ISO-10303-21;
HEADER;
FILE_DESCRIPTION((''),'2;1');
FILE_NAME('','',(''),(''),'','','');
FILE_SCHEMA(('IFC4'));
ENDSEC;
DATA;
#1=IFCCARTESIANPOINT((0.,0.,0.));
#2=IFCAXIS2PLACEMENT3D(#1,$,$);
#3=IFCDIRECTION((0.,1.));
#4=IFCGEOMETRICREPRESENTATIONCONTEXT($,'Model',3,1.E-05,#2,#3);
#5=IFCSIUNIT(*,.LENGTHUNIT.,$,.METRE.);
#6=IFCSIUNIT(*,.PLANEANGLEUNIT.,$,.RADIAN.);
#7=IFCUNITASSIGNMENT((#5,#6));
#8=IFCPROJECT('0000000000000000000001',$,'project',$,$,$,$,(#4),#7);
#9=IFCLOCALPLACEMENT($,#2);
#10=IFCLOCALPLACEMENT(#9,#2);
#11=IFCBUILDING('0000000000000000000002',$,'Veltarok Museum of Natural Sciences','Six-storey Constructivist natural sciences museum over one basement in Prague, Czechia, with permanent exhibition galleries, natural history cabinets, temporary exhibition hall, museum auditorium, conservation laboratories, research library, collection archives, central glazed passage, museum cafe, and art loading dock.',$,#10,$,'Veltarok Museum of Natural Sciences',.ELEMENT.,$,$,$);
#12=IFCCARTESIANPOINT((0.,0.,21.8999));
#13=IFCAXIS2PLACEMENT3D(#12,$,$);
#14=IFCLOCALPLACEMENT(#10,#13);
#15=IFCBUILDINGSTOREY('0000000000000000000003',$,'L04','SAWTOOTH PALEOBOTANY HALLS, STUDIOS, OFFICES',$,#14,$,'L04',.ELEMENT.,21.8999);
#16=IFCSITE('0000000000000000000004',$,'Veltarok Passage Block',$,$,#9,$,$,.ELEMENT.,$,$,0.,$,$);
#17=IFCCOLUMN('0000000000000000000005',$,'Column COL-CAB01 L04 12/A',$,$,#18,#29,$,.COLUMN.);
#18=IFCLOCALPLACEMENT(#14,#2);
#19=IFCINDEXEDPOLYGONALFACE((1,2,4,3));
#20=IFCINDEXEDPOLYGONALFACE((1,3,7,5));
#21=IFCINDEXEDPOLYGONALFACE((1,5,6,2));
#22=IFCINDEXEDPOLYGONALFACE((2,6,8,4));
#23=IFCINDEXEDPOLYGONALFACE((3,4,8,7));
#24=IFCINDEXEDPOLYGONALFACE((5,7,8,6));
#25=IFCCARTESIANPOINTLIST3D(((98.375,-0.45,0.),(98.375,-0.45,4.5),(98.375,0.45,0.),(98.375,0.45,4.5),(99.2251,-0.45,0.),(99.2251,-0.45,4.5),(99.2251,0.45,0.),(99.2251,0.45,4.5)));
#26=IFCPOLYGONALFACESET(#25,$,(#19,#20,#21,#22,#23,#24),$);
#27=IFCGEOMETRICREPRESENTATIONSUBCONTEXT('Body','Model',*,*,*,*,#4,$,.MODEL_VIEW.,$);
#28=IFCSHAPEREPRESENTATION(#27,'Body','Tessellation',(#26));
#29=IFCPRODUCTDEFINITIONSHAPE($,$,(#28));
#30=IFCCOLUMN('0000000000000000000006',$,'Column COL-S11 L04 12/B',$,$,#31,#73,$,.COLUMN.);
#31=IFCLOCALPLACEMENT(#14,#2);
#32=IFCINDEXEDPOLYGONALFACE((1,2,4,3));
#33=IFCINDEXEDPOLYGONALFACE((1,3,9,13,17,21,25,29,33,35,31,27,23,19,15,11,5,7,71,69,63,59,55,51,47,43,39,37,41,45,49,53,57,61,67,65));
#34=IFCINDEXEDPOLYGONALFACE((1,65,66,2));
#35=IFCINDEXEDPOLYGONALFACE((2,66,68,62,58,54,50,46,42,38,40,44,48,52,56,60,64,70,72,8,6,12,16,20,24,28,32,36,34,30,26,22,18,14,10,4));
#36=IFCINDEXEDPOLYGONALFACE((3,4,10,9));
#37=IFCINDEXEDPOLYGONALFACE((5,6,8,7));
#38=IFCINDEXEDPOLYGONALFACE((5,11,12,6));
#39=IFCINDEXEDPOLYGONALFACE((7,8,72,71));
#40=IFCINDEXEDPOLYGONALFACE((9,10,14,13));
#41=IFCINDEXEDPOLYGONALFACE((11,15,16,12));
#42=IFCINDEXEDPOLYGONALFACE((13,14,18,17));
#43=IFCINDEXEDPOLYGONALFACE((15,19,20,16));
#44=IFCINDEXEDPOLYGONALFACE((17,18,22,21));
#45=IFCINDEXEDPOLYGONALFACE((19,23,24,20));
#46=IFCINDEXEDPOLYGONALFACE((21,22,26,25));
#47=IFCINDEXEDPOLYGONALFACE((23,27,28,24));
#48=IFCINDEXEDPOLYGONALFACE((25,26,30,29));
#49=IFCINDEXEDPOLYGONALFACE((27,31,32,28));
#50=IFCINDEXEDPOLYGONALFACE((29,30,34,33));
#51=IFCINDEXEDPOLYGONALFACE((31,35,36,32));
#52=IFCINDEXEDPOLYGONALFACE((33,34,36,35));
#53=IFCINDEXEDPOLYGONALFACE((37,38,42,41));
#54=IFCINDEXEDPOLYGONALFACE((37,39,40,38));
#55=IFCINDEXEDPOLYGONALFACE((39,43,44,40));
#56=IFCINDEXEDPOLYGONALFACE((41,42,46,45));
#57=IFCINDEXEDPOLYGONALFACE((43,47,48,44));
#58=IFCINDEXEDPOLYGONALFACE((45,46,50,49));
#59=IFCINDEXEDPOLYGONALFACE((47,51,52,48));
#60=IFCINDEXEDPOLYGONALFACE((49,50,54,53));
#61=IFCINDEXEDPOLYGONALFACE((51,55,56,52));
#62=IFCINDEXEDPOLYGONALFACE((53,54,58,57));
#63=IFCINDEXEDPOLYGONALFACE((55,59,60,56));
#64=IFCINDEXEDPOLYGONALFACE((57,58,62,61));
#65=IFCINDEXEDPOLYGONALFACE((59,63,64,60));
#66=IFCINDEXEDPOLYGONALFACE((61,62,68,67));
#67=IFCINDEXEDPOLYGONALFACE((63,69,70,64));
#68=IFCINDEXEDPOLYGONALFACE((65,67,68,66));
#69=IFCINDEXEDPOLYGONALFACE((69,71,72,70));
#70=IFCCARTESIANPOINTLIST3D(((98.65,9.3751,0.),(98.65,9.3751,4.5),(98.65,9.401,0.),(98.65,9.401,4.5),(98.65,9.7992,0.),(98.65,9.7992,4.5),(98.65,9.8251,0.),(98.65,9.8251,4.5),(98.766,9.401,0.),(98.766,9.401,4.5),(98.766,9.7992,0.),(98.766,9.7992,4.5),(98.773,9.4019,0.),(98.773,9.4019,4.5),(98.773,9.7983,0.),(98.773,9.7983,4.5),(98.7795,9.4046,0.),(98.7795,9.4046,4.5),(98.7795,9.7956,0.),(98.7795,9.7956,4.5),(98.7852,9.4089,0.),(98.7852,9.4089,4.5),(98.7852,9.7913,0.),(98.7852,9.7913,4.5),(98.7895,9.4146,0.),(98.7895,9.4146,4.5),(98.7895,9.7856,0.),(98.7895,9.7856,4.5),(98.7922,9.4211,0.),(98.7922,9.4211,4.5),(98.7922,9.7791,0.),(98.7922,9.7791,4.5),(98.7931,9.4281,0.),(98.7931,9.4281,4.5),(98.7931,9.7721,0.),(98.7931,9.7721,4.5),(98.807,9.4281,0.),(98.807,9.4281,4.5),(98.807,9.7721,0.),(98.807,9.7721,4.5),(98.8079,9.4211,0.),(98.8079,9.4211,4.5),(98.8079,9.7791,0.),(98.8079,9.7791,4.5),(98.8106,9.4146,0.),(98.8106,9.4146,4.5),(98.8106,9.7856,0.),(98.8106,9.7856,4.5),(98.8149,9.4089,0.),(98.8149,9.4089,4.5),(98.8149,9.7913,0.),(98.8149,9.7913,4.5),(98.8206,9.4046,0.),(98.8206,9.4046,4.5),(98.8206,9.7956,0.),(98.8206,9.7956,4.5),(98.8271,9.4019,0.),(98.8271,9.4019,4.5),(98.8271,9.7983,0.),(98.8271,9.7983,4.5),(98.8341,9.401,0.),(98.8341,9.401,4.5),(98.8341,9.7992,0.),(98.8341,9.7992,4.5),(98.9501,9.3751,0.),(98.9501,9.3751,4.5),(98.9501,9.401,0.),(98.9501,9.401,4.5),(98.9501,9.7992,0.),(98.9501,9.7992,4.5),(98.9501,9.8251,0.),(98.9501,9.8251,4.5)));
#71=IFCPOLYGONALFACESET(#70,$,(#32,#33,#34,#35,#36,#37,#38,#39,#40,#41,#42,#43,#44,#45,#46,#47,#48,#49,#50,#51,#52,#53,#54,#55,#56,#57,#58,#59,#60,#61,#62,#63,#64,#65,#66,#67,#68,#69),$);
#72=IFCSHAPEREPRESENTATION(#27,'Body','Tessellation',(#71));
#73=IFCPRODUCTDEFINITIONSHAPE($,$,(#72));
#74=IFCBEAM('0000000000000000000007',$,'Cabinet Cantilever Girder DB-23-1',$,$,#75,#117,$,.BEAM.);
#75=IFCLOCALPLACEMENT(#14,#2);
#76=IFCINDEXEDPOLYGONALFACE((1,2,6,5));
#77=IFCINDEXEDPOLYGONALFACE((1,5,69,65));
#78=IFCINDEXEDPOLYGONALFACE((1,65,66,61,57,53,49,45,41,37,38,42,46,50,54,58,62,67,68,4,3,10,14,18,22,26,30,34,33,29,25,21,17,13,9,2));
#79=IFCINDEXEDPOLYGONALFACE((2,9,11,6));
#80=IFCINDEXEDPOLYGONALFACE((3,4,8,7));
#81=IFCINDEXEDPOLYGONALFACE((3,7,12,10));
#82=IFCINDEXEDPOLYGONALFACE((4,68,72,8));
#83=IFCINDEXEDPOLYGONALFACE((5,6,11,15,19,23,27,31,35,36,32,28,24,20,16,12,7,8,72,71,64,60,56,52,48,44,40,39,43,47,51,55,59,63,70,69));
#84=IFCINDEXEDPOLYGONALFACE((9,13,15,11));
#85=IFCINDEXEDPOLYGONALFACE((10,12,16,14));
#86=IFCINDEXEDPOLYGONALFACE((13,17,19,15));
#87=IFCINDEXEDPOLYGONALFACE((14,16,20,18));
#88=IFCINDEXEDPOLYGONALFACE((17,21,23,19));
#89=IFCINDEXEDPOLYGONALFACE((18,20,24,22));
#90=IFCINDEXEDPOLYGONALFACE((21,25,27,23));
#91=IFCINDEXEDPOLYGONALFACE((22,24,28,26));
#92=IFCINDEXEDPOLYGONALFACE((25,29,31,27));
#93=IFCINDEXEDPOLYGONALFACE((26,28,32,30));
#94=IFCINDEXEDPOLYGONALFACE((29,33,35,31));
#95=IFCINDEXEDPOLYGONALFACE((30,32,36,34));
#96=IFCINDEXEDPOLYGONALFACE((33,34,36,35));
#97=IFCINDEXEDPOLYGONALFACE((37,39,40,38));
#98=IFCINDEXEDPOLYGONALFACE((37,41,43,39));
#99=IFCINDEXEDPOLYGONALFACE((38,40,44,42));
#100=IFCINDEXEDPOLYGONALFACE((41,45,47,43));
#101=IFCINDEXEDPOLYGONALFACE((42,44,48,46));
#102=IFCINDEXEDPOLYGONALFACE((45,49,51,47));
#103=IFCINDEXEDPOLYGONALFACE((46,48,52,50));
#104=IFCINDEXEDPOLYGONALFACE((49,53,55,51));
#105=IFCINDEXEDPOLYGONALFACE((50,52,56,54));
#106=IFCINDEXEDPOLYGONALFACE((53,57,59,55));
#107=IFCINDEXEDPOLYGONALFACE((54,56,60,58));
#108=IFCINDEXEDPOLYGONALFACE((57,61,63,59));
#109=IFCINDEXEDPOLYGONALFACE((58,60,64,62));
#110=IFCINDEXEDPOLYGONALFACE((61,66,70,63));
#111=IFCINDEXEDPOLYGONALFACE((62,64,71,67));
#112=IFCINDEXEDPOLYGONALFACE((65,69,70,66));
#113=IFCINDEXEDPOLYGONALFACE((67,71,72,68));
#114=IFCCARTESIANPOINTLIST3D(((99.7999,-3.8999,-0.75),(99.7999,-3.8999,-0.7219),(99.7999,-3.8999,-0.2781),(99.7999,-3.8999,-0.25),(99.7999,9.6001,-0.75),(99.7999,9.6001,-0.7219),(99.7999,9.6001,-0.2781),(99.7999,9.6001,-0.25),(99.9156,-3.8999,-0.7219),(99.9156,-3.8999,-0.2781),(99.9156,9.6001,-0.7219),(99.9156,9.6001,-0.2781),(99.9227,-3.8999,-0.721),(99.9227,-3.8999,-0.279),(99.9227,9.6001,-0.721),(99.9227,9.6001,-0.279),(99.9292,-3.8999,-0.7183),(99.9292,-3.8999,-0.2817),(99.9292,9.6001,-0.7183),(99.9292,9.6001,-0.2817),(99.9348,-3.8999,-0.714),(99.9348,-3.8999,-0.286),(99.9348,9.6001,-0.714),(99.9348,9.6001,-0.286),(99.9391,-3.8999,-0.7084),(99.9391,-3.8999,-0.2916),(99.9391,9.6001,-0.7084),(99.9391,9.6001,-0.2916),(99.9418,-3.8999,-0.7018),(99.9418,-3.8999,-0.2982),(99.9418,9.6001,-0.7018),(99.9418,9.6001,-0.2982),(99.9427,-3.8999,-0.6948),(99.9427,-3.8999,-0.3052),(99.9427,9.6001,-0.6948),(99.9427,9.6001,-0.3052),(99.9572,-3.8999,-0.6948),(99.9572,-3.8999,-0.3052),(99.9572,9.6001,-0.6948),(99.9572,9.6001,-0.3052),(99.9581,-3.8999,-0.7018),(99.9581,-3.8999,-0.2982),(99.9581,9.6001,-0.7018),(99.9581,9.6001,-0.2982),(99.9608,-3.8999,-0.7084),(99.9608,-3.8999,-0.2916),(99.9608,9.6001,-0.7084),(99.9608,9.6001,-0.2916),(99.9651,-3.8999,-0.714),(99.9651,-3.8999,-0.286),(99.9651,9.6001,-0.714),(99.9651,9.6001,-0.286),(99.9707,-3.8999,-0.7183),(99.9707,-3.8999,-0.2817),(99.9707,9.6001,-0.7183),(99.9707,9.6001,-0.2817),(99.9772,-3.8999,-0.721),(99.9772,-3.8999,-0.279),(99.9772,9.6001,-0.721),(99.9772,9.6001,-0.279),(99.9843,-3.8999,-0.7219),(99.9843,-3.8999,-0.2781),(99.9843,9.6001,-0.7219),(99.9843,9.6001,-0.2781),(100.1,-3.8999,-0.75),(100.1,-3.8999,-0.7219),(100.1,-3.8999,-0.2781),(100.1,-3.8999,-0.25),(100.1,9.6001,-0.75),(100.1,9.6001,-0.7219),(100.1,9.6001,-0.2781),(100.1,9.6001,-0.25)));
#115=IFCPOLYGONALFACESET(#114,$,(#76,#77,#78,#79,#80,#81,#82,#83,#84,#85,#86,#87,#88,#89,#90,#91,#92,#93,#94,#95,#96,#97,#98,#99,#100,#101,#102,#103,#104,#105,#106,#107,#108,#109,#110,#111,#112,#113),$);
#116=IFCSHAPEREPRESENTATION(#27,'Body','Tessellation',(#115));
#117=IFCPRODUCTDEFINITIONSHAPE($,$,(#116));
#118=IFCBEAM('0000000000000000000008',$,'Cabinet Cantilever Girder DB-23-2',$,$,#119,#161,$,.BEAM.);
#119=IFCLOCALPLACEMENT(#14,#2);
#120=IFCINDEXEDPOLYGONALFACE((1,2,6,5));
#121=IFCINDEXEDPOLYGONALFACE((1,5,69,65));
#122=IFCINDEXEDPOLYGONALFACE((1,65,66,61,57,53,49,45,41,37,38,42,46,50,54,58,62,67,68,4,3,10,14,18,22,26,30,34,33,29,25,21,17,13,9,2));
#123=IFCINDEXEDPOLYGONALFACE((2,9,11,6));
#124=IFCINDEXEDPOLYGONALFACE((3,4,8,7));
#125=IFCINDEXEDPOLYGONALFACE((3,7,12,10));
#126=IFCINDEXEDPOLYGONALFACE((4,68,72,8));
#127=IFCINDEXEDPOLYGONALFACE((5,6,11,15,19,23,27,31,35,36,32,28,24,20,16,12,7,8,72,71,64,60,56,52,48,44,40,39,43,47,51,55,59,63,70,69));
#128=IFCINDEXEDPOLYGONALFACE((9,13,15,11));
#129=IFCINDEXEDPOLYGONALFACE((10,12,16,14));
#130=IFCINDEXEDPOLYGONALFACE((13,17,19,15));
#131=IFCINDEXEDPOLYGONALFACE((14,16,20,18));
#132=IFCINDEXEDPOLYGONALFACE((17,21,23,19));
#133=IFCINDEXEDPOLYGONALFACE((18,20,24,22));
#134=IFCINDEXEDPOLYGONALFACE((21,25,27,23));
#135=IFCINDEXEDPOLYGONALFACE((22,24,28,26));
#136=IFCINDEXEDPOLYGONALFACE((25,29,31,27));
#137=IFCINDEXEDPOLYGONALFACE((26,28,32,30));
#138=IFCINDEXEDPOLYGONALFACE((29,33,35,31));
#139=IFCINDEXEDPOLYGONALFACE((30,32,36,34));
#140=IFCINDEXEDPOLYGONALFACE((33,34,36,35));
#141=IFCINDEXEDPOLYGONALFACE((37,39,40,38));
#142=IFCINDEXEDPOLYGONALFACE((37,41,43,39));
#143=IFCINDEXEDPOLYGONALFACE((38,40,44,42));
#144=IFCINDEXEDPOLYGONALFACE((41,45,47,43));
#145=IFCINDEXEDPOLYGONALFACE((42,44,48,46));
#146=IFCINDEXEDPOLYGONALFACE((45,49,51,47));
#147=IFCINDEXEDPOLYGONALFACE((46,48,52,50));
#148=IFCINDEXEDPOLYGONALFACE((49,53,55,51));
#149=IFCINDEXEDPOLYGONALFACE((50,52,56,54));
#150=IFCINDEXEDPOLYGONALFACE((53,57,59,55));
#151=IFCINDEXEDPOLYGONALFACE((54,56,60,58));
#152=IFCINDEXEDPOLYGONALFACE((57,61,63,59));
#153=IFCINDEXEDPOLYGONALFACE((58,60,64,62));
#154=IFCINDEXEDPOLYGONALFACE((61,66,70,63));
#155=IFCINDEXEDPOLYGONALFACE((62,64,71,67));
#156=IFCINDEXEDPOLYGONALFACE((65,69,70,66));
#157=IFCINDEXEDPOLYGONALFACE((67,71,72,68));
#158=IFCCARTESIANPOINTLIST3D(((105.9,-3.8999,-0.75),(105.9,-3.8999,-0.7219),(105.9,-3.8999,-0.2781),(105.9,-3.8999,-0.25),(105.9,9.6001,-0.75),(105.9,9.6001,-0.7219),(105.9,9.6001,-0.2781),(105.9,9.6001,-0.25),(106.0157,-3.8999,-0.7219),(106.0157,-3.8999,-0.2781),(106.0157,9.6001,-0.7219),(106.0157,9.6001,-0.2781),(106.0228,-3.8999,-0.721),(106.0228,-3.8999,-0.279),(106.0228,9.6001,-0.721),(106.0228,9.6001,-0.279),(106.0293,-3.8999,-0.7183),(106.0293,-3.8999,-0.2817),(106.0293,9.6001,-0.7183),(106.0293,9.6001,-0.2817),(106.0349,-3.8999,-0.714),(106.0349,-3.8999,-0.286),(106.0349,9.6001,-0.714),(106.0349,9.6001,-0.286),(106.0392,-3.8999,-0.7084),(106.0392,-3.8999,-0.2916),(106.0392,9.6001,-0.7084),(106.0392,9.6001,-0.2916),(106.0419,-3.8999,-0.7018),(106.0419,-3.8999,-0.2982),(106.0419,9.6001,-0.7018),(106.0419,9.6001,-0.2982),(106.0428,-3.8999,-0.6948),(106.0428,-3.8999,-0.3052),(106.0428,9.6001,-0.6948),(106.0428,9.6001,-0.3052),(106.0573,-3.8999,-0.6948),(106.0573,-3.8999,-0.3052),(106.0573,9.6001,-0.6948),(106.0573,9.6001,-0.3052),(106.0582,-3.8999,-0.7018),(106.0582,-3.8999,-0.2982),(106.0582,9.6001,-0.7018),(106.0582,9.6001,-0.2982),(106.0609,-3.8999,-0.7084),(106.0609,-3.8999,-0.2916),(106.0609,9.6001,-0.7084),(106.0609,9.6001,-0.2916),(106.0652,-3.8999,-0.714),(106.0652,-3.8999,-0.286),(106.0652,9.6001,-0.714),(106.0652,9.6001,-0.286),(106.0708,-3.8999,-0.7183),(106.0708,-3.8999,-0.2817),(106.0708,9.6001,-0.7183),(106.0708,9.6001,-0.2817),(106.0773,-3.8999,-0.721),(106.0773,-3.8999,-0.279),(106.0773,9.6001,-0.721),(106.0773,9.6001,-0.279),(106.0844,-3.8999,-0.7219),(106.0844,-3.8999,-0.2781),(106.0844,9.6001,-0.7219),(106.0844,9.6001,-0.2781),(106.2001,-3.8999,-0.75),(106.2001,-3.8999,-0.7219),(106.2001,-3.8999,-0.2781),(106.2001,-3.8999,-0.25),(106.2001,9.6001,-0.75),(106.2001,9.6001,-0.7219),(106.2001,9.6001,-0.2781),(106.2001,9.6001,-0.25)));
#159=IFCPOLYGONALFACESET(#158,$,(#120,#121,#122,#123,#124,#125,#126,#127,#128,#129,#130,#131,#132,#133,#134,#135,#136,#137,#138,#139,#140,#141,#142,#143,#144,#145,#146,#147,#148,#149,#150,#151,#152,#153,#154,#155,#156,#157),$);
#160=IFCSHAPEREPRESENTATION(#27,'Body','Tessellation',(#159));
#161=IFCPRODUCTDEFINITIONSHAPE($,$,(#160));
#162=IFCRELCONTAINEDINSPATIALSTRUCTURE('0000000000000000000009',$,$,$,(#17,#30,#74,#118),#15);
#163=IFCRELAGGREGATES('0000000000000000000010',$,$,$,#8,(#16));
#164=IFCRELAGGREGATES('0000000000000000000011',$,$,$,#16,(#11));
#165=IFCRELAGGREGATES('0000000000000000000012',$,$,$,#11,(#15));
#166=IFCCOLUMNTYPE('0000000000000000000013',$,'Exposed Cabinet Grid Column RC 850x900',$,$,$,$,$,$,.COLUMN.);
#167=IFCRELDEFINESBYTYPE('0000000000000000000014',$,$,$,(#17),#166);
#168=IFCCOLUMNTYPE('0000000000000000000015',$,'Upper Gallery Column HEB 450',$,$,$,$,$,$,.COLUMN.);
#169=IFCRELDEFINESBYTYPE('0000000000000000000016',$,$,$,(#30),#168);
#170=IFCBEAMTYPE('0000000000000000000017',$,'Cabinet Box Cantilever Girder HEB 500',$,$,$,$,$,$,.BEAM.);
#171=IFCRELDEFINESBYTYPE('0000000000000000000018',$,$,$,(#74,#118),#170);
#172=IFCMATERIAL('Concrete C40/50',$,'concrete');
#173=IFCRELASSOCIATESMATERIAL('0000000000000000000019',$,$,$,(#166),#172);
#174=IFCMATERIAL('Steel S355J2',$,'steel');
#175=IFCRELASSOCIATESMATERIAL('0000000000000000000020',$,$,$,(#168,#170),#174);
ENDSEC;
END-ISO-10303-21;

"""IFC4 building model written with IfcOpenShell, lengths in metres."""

from ifc_helpers import new_model, si_unit, direction, frame, origin, origin_2d, place, context, subcontext, project, spatial, rectangle, i_section, extrude, material, material_profile, profile_set, type_object, element, save


model = new_model("IFC4")

# Units and contexts
model_context = context("Model", 3, precision=1e-05, world=origin(), true_north=direction((0.0, 1.0)))
body_context = subcontext(model_context, "Body", "Model", "MODEL_VIEW")
ifc_project = project(units=[si_unit("LENGTHUNIT", "METRE"), si_unit("PLANEANGLEUNIT", "RADIAN")], contexts=[model_context])

# Site, building, storey
site_placement = place(None, origin())
site = spatial("IfcSite", under=ifc_project, at=site_placement, Name="Veltarok Passage Block", CompositionType="ELEMENT", RefElevation=0.0)
building_placement = place(site_placement, origin())
building = spatial("IfcBuilding", under=site, at=building_placement, Name="Veltarok Museum of Natural Sciences", Description="Six-storey Constructivist natural sciences museum over one basement in Prague, Czechia, with permanent exhibition galleries, natural history cabinets, temporary exhibition hall, museum auditorium, conservation laboratories, research library, collection archives, central glazed passage, museum cafe, and art loading dock.", LongName="Veltarok Museum of Natural Sciences", CompositionType="ELEMENT")
storey_placement = place(building_placement, frame((0.0, 0.0, 21.8999)))
storey = spatial("IfcBuildingStorey", under=building, at=storey_placement, Name="L04", Description="SAWTOOTH PALEOBOTANY HALLS, STUDIOS, OFFICES", LongName="L04", CompositionType="ELEMENT", Elevation=21.8999)

# Columns
ifc_material_1 = material(Name="Concrete C40/50", Category="concrete")
ifc_material_profile_1 = material_profile(ifc_material_1, rectangle(XDim=0.8501, YDim=0.8999, at=origin_2d()), Name="RC 850x900")
ifc_profile_set_1 = profile_set([ifc_material_profile_1], Name="Concrete C40/50")
column_type_1 = type_object("IfcColumnType", Name="Exposed Cabinet Grid Column RC 850x900", PredefinedType="COLUMN", material=ifc_profile_set_1)
column_1_placement = place(storey_placement, frame((98.8, 0.0, 0.0), z_axis=(0.0, 0.0, 1.0), x_axis=(1.0, 0.0, 0.0)))
element("IfcColumn", 1, at=column_1_placement, inside=storey, type_object=column_type_1, Name="Column COL-CAB01 L04 12/A", PredefinedType="COLUMN", context=body_context, shape_type="SweptSolid", body=[
    extrude(rectangle(XDim=0.8501, YDim=0.8999, at=origin_2d()), origin(), (0.0, 0.0, 1.0), 4.5),
])
ifc_material_2 = material(Name="Steel S355J2", Category="steel")
ifc_material_profile_2 = material_profile(ifc_material_2, i_section(OverallWidth=0.3, OverallDepth=0.45, WebThickness=0.0139, FlangeThickness=0.0259, FilletRadius=0.0271, at=origin_2d()), Name="HEB 450")
ifc_profile_set_2 = profile_set([ifc_material_profile_2], Name="Steel S355J2")
column_type_2 = type_object("IfcColumnType", Name="Upper Gallery Column HEB 450", PredefinedType="COLUMN", material=ifc_profile_set_2)
column_2_placement = place(storey_placement, frame((98.8, 9.6001, 0.0), z_axis=(0.0, 0.0, 1.0), x_axis=(1.0, 0.0, 0.0)))
element("IfcColumn", 2, at=column_2_placement, inside=storey, type_object=column_type_2, Name="Column COL-S11 L04 12/B", PredefinedType="COLUMN", context=body_context, shape_type="SweptSolid", body=[
    extrude(i_section(OverallWidth=0.3, OverallDepth=0.45, WebThickness=0.0139, FlangeThickness=0.0259, FilletRadius=0.0271, at=origin_2d()), origin(), (0.0, 0.0, 1.0), 4.5),
])

# Beams
ifc_material_profile_3 = material_profile(ifc_material_2, i_section(OverallWidth=0.3, OverallDepth=0.5, WebThickness=0.0144, FlangeThickness=0.0281, FilletRadius=0.0271, at=origin_2d()), Name="HEB 500")
ifc_profile_set_3 = profile_set([ifc_material_profile_3], Name="Steel S355J2")
beam_type_1 = type_object("IfcBeamType", Name="Cabinet Box Cantilever Girder HEB 500", PredefinedType="BEAM", material=ifc_profile_set_3)
for number, where, z_axis, x_axis, name in (
    (3, (99.95, -3.8999, -0.5), (0.0, 1.0, 0.0), (-1.0, 0.0, 0.0), "Cabinet Cantilever Girder DB-23-1"),
    (4, (106.05, -3.8999, -0.5), (0.0, 1.0, 0.0), (-1.0, 0.0, 0.0), "Cabinet Cantilever Girder DB-23-2"),
):
    element("IfcBeam", number, at=place(storey_placement, frame(where, z_axis=z_axis, x_axis=x_axis)), inside=storey, type_object=beam_type_1, Name=name, PredefinedType="BEAM", context=body_context, shape_type="SweptSolid", body=[
        extrude(i_section(OverallWidth=0.3, OverallDepth=0.5, WebThickness=0.0144, FlangeThickness=0.0281, FilletRadius=0.0271, at=origin_2d()), origin(), (0.0, 0.0, 1.0), 13.5),
    ])

save(model, "model.ifc")
